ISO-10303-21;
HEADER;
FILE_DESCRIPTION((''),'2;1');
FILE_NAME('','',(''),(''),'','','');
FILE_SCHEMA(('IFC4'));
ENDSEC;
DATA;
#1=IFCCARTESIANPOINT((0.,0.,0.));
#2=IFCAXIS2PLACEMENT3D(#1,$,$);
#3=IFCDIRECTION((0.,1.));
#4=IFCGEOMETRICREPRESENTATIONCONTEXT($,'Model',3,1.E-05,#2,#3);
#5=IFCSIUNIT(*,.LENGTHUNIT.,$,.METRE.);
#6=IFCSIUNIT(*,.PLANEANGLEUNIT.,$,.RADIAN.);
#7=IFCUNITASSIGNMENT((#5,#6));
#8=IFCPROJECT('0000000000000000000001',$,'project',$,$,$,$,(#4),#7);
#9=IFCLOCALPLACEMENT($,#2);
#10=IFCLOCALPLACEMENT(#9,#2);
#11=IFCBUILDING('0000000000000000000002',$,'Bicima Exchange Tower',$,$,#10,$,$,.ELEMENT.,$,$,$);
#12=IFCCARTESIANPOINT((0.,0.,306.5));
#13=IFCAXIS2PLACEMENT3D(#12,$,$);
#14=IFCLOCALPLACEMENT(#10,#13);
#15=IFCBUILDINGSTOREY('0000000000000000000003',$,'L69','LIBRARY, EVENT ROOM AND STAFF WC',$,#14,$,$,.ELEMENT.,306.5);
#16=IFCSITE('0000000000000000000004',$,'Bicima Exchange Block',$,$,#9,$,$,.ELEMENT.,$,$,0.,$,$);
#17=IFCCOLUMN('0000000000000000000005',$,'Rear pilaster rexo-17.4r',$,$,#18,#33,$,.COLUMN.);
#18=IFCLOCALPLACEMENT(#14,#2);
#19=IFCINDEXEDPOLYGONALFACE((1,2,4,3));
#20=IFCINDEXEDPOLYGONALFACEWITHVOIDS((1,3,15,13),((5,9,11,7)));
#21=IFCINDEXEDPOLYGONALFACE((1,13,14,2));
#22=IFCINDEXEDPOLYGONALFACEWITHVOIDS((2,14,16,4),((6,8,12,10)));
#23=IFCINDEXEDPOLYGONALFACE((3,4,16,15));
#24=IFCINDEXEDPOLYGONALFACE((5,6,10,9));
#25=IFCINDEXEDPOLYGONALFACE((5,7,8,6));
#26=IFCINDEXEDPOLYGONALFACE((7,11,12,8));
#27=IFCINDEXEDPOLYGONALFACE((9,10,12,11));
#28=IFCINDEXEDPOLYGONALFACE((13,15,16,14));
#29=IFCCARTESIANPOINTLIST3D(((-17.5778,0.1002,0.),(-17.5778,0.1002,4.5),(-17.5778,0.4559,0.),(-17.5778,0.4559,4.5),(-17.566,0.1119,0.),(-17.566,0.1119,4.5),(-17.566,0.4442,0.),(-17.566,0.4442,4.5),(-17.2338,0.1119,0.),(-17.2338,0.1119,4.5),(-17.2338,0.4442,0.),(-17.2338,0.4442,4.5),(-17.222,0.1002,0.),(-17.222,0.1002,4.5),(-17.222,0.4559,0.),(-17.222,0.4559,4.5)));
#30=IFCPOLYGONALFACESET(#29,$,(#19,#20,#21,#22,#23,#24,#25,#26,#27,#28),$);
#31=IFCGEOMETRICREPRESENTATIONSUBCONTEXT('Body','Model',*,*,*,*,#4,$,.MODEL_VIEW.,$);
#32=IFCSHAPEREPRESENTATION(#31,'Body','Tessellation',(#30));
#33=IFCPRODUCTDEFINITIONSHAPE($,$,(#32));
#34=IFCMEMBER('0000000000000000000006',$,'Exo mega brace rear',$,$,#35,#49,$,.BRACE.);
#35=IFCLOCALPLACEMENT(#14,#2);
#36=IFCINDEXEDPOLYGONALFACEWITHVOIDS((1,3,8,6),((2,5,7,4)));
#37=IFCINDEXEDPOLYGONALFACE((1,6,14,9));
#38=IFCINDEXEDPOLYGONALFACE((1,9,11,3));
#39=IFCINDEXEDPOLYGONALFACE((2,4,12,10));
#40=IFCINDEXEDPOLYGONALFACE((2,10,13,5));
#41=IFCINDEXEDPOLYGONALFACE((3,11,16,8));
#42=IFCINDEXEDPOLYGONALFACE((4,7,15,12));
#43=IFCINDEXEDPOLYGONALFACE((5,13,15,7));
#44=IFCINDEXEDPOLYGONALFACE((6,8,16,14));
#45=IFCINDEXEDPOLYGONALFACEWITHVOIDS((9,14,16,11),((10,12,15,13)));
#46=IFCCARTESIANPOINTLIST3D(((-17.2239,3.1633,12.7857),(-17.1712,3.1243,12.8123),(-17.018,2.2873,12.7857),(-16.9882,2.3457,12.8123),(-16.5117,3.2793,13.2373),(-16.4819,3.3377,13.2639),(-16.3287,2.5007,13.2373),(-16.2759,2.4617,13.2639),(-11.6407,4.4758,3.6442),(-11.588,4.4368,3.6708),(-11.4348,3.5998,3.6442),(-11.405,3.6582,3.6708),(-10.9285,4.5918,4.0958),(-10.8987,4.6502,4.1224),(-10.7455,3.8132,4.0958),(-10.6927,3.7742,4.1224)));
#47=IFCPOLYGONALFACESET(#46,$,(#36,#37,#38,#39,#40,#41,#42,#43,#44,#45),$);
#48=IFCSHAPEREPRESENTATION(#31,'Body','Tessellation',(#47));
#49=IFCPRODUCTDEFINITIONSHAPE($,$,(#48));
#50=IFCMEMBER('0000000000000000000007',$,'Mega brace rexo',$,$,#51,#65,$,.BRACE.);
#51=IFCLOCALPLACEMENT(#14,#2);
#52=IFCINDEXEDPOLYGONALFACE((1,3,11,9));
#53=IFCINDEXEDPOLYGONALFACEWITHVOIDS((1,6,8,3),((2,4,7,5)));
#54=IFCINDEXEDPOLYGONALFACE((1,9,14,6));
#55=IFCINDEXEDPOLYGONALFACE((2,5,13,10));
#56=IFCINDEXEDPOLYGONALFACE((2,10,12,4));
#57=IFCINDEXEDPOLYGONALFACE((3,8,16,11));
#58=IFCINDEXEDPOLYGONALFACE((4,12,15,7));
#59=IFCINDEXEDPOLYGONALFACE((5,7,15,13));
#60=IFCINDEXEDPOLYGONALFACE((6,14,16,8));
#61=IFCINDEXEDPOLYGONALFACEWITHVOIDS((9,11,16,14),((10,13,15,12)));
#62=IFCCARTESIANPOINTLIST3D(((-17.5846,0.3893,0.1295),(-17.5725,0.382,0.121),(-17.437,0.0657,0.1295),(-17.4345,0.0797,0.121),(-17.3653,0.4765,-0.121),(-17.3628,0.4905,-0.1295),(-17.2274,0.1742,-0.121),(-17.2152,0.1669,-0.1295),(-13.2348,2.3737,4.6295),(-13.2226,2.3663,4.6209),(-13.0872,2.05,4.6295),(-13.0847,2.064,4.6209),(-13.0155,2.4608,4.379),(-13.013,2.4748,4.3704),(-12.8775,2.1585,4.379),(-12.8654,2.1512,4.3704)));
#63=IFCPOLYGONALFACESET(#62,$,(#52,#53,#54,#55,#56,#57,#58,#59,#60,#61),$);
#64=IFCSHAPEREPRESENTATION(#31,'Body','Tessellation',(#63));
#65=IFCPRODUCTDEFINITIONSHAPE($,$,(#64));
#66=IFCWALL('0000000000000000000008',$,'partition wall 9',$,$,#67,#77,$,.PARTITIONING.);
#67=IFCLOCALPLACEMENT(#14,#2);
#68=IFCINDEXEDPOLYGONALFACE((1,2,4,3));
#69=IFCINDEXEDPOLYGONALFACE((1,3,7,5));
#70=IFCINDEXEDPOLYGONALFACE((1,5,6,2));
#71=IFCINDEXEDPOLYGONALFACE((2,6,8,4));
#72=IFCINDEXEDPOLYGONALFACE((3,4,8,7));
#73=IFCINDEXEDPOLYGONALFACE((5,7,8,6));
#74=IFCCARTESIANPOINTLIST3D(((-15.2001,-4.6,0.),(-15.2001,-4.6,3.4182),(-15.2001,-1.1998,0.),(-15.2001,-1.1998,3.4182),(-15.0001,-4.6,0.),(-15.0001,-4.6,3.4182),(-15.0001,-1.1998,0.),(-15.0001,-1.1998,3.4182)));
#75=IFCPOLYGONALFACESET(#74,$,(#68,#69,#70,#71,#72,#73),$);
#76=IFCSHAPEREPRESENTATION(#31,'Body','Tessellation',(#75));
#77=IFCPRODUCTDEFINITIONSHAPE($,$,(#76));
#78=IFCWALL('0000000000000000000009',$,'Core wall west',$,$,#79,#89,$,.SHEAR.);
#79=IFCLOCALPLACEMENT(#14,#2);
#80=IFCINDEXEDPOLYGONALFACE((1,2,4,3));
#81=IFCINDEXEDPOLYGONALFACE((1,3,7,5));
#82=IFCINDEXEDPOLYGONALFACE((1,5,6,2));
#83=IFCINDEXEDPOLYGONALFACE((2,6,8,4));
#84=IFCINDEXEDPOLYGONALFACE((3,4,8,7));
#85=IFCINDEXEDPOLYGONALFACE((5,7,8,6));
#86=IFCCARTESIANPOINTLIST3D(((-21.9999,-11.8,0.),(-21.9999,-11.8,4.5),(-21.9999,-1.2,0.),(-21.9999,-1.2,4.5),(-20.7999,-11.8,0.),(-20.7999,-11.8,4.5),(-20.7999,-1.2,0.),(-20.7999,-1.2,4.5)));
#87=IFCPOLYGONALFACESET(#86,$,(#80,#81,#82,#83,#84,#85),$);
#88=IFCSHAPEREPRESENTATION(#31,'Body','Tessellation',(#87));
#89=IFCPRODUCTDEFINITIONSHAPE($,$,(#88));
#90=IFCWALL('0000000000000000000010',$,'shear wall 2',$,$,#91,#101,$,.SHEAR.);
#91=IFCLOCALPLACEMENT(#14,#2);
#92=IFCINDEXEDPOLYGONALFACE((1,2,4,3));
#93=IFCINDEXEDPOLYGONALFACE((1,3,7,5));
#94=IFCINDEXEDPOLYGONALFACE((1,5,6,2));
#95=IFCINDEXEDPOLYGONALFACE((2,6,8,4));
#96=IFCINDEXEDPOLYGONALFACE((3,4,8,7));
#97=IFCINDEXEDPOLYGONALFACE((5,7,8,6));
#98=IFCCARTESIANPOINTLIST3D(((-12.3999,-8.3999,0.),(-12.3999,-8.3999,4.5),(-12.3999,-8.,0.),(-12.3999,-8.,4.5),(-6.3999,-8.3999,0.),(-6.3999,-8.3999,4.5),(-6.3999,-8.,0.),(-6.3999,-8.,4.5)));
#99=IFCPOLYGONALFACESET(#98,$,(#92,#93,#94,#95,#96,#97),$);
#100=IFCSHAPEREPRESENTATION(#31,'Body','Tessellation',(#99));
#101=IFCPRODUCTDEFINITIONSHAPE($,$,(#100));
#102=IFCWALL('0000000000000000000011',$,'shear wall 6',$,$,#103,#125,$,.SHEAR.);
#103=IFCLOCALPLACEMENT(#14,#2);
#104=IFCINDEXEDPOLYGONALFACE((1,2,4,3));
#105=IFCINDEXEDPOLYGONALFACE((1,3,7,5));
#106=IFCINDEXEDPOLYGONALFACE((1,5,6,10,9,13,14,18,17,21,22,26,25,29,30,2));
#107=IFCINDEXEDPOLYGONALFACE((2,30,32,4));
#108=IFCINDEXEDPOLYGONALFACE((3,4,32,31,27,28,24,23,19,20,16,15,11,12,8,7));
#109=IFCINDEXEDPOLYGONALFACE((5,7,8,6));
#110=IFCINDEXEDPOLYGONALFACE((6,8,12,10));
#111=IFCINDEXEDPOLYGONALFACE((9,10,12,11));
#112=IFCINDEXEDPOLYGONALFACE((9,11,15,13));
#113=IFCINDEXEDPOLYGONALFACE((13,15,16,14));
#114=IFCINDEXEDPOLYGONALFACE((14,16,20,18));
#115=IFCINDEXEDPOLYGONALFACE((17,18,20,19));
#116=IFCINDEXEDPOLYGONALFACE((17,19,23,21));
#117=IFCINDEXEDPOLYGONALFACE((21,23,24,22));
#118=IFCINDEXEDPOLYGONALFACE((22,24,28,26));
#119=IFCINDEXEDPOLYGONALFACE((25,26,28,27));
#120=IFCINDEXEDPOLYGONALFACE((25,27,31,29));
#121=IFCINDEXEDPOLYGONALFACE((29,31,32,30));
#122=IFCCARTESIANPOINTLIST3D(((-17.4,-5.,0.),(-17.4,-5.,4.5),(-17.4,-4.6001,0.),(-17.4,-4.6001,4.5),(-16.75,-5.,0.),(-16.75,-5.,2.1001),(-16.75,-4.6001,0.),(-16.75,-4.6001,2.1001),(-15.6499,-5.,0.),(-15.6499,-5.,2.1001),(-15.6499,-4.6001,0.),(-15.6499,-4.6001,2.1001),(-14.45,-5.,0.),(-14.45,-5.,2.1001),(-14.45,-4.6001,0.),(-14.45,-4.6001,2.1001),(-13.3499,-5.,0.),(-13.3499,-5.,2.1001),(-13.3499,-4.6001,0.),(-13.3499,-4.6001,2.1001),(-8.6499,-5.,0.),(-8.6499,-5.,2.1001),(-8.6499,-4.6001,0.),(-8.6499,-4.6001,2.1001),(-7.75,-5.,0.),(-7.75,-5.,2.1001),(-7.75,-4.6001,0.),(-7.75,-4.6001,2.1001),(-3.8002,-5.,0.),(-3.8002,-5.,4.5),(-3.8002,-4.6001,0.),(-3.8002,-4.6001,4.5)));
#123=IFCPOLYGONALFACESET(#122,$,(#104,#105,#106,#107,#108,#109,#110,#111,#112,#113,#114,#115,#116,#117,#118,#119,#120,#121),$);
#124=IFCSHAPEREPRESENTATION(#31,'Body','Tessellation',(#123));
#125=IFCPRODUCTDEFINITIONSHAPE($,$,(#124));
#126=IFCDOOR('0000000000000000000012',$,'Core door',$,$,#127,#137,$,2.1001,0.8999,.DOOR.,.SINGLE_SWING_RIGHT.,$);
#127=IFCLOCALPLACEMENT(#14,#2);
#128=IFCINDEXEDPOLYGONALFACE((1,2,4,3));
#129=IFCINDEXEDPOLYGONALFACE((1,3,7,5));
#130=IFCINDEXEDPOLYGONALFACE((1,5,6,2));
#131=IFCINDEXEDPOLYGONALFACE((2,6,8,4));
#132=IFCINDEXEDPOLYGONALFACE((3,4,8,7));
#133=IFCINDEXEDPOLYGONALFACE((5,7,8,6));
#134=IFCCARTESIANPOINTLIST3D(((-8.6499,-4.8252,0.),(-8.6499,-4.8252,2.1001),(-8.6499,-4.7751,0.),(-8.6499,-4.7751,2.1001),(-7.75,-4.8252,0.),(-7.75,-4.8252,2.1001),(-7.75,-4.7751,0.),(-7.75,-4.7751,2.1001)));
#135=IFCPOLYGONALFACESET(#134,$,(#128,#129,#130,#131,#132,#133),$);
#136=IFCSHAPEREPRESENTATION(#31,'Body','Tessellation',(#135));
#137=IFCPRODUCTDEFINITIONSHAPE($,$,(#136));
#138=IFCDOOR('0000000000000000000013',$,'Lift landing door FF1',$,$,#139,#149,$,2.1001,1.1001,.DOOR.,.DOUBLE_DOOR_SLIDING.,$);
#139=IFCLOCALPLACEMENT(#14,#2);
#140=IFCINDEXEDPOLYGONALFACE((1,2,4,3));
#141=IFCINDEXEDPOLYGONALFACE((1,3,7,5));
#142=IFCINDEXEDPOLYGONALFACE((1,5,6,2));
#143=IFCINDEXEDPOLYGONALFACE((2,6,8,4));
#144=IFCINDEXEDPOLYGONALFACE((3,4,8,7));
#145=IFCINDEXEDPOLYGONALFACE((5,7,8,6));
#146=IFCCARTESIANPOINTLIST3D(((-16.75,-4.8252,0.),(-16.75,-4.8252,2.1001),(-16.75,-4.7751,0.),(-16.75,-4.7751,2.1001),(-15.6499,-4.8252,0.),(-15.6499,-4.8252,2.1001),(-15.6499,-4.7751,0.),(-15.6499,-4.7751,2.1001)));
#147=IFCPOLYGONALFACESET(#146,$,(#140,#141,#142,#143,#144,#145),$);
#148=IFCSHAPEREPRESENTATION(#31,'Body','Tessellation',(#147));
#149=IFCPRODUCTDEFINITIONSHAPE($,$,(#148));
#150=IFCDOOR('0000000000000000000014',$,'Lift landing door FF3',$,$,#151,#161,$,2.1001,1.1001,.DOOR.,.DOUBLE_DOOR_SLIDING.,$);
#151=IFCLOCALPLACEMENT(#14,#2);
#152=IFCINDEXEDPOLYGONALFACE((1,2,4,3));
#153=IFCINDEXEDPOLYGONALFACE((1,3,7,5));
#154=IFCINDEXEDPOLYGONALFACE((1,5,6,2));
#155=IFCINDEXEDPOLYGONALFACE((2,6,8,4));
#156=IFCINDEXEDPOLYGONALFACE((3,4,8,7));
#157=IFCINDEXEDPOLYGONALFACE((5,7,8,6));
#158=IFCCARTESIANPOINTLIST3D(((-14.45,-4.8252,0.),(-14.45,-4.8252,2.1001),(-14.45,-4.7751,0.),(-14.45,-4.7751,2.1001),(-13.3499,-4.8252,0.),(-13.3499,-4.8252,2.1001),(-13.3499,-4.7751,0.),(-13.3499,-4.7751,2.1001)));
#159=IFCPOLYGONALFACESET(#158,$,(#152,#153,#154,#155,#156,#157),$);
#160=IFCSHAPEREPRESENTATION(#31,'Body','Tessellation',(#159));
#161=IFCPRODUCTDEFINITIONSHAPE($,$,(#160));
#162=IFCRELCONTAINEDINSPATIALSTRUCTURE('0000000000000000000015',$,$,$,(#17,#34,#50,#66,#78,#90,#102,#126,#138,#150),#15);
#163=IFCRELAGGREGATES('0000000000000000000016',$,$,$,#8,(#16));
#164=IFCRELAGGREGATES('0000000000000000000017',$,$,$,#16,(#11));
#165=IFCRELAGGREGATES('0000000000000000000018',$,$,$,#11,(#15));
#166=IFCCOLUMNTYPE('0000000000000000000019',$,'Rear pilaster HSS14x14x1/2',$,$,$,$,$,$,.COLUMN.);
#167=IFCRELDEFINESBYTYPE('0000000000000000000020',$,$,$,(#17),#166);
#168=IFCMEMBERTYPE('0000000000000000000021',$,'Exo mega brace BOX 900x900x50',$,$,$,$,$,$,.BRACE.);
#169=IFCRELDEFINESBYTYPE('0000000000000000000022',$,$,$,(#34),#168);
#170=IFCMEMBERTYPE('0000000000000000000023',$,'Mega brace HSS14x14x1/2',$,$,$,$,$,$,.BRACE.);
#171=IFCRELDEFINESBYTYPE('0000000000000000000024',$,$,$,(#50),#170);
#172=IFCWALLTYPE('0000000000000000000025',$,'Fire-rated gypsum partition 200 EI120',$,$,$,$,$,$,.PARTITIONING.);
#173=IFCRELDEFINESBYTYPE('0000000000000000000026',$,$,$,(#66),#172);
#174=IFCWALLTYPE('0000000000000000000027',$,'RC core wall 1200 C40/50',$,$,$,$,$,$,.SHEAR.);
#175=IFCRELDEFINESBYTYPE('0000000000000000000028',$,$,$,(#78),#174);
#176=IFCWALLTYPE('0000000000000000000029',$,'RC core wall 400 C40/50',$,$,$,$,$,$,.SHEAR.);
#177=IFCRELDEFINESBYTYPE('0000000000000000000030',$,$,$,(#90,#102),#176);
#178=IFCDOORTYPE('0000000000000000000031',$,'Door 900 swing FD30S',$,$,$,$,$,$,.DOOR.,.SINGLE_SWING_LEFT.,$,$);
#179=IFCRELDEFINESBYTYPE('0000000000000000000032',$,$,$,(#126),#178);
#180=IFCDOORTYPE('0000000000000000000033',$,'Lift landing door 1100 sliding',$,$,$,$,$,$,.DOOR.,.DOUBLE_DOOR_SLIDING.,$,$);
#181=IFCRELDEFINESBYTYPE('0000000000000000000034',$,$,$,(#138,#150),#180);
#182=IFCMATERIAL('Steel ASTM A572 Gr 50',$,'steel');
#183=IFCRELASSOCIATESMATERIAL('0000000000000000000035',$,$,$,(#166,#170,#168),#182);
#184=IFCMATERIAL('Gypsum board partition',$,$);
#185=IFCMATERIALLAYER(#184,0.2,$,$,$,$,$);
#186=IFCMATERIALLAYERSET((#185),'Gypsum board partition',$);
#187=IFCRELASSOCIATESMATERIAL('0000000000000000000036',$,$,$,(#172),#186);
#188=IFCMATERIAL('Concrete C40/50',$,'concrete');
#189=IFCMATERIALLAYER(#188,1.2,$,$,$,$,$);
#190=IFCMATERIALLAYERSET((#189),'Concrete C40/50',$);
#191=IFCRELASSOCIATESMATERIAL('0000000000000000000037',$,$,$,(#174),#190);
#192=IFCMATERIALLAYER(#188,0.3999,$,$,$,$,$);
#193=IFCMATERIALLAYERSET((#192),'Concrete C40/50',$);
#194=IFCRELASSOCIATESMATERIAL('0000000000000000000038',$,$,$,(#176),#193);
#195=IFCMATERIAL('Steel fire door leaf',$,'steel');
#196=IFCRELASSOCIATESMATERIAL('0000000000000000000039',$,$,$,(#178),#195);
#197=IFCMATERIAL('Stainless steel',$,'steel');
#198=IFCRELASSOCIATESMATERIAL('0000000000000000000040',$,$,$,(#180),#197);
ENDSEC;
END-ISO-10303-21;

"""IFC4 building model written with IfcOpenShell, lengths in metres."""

from ifc_helpers import new_model, si_unit, direction, frame, frame_2d, origin, origin_2d, place, context, subcontext, project, spatial, rectangle, hollow_rectangle, extrude, material, layer, layer_set, material_profile, profile_set, type_object, element, fill, save


model = new_model("IFC4")

# Units and contexts
model_context = context("Model", 3, precision=1e-05, world=origin(), true_north=direction((0.0, 1.0)))
body_context = subcontext(model_context, "Body", "Model", "MODEL_VIEW")
ifc_project = project(units=[si_unit("LENGTHUNIT", "METRE"), si_unit("PLANEANGLEUNIT", "RADIAN")], contexts=[model_context])

# Site, building, storey
site_placement = place(None, origin())
site = spatial("IfcSite", under=ifc_project, at=site_placement, Name="Bicima Exchange Block", CompositionType="ELEMENT", RefElevation=0.0)
building_placement = place(site_placement, origin())
building = spatial("IfcBuilding", under=site, at=building_placement, Name="Bicima Exchange Tower", CompositionType="ELEMENT")
storey_placement = place(building_placement, frame((0.0, 0.0, 306.5)))
storey = spatial("IfcBuildingStorey", under=building, at=storey_placement, Name="L69", Description="LIBRARY, EVENT ROOM AND STAFF WC", CompositionType="ELEMENT", Elevation=306.5)

# Column
ifc_material_1 = material(Name="Steel ASTM A572 Gr 50", Category="steel")
ifc_material_profile_1 = material_profile(ifc_material_1, hollow_rectangle(XDim=0.3557, YDim=0.3557, WallThickness=0.0117, at=origin_2d()))
ifc_profile_set_1 = profile_set([ifc_material_profile_1], Name="Steel ASTM A572 Gr 50")
column_type = type_object("IfcColumnType", Name="Rear pilaster HSS14x14x1/2", PredefinedType="COLUMN", material=ifc_profile_set_1)
column_placement = place(storey_placement, frame((-17.3999, 0.2781, 0.0), z_axis=(0.0, 0.0, 1.0), x_axis=(1.0, 0.0, 0.0)))
element("IfcColumn", 1, at=column_placement, inside=storey, type_object=column_type, Name="Rear pilaster rexo-17.4r", PredefinedType="COLUMN", context=body_context, shape_type="SweptSolid", body=[
    extrude(hollow_rectangle(XDim=0.3557, YDim=0.3557, WallThickness=0.0117, at=origin_2d()), origin(), (0.0, 0.0, 1.0), 4.5),
])

# Members
ifc_material_profile_2 = material_profile(ifc_material_1, hollow_rectangle(XDim=0.8999, YDim=0.8999, WallThickness=0.05, at=origin_2d()))
ifc_profile_set_2 = profile_set([ifc_material_profile_2], Name="Steel ASTM A572 Gr 50")
member_type_1 = type_object("IfcMemberType", Name="Exo mega brace BOX 900x900x50", PredefinedType="BRACE", material=ifc_profile_set_2)
member_1_placement = place(storey_placement, frame((-11.1667, 4.125, 3.8833), z_axis=(-0.517358, -0.121619, 0.847083), x_axis=(0.22884, -0.973464, 0.0)))
element("IfcMember", 2, at=member_1_placement, inside=storey, type_object=member_type_1, Name="Exo mega brace rear", PredefinedType="BRACE", context=body_context, shape_type="SweptSolid", body=[
    extrude(hollow_rectangle(XDim=0.8999, YDim=0.8999, WallThickness=0.05, at=origin_2d()), origin(), (0.0, 0.0, 1.0), 10.7917),
])
member_type_2 = type_object("IfcMemberType", Name="Mega brace HSS14x14x1/2", PredefinedType="BRACE", material=ifc_profile_set_1)
member_2_placement = place(storey_placement, frame((-17.3999, 0.2781, 0.0), z_axis=(0.662508, 0.302232, 0.685376), x_axis=(-0.415045, 0.909801, 0.0)))
element("IfcMember", 3, at=member_2_placement, inside=storey, type_object=member_type_2, Name="Mega brace rexo", PredefinedType="BRACE", context=body_context, shape_type="SweptSolid", body=[
    extrude(hollow_rectangle(XDim=0.3557, YDim=0.3557, WallThickness=0.0117, at=origin_2d()), origin(), (0.0, 0.0, 1.0), 6.5657),
])

# Walls
ifc_material_2 = material(Name="Gypsum board partition")
ifc_layer_1 = layer(ifc_material_2, 0.2)
ifc_layer_set_1 = layer_set([ifc_layer_1], Name="Gypsum board partition")
wall_type_1 = type_object("IfcWallType", Name="Fire-rated gypsum partition 200 EI120", PredefinedType="PARTITIONING", material=ifc_layer_set_1)
wall_1_placement = place(storey_placement, frame((-15.1001, -4.6001, 0.0), z_axis=(0.0, 0.0, 1.0), x_axis=(0.0, 1.0, 0.0)))
element("IfcWall", 4, at=wall_1_placement, inside=storey, type_object=wall_type_1, Name="partition wall 9", PredefinedType="PARTITIONING", context=body_context, shape_type="SweptSolid", body=[
    extrude(rectangle(XDim=3.4001, YDim=0.2, at=frame_2d((1.7002, 0.0))), origin(), (0.0, 0.0, 1.0), 3.4182),
])
ifc_material_3 = material(Name="Concrete C40/50", Category="concrete")
ifc_layer_2 = layer(ifc_material_3, 1.2)
ifc_layer_set_2 = layer_set([ifc_layer_2], Name="Concrete C40/50")
wall_type_2 = type_object("IfcWallType", Name="RC core wall 1200 C40/50", PredefinedType="SHEAR", material=ifc_layer_set_2)
wall_2_placement = place(storey_placement, frame((-21.3999, -11.8, 0.0), z_axis=(0.0, 0.0, 1.0), x_axis=(0.0, 1.0, 0.0)))
element("IfcWall", 5, at=wall_2_placement, inside=storey, type_object=wall_type_2, Name="Core wall west", PredefinedType="SHEAR", context=body_context, shape_type="SweptSolid", body=[
    extrude(rectangle(XDim=10.6001, YDim=1.2, at=frame_2d((5.3, 0.0))), origin(), (0.0, 0.0, 1.0), 4.5),
])
ifc_layer_3 = layer(ifc_material_3, 0.3999)
ifc_layer_set_3 = layer_set([ifc_layer_3], Name="Concrete C40/50")
wall_type_3 = type_object("IfcWallType", Name="RC core wall 400 C40/50", PredefinedType="SHEAR", material=ifc_layer_set_3)
wall_3_placement = place(storey_placement, frame((-12.3999, -8.2, 0.0), z_axis=(0.0, 0.0, 1.0), x_axis=(1.0, 0.0, 0.0)))
element("IfcWall", 6, at=wall_3_placement, inside=storey, type_object=wall_type_3, Name="shear wall 2", PredefinedType="SHEAR", context=body_context, shape_type="SweptSolid", body=[
    extrude(rectangle(XDim=6.0, YDim=0.3999, at=frame_2d((3.0, 0.0))), origin(), (0.0, 0.0, 1.0), 4.5),
])

# Wall, openings, doors
wall_4_placement = place(storey_placement, frame((-17.3999, -4.8, 0.0), z_axis=(0.0, 0.0, 1.0), x_axis=(1.0, 0.0, 0.0)))
wall_4 = element("IfcWall", 7, at=wall_4_placement, inside=storey, type_object=wall_type_3, Name="shear wall 6", PredefinedType="SHEAR", context=body_context, shape_type="SweptSolid", body=[
    extrude(rectangle(XDim=13.5999, YDim=0.3999, at=frame_2d((6.7998, 0.0))), origin(), (0.0, 0.0, 1.0), 4.5),
])
opening_1_placement = place(wall_4_placement, frame((0.6499, 0.0, 0.0)))
opening_1 = element("IfcOpeningElement", 8, at=opening_1_placement, cuts=wall_4, PredefinedType="OPENING", context=body_context, shape_type="SweptSolid", body=[
    extrude(rectangle(XDim=1.1001, YDim=2.1001, at=frame_2d((0.55, 1.05))), frame((0.0, 0.2119, 0.0), z_axis=(0.0, -1.0, 0.0), x_axis=(1.0, 0.0, 0.0)), (0.0, 0.0, 1.0), 0.4238),
])
opening_2_placement = place(wall_4_placement, frame((2.95, 0.0, 0.0)))
opening_2 = element("IfcOpeningElement", 9, at=opening_2_placement, cuts=wall_4, PredefinedType="OPENING", context=body_context, shape_type="SweptSolid", body=[
    extrude(rectangle(XDim=1.1001, YDim=2.1001, at=frame_2d((0.55, 1.05))), frame((0.0, 0.2119, 0.0), z_axis=(0.0, -1.0, 0.0), x_axis=(1.0, 0.0, 0.0)), (0.0, 0.0, 1.0), 0.4238),
])
opening_3_placement = place(wall_4_placement, frame((8.75, 0.0, 0.0)))
opening_3 = element("IfcOpeningElement", 10, at=opening_3_placement, cuts=wall_4, PredefinedType="OPENING", context=body_context, shape_type="SweptSolid", body=[
    extrude(rectangle(XDim=0.8999, YDim=2.1001, at=frame_2d((0.45, 1.05))), frame((0.0, 0.2119, 0.0), z_axis=(0.0, -1.0, 0.0), x_axis=(1.0, 0.0, 0.0)), (0.0, 0.0, 1.0), 0.4238),
])
ifc_material_4 = material(Name="Steel fire door leaf", Category="steel")
door_type_1 = type_object("IfcDoorType", Name="Door 900 swing FD30S", OperationType="SINGLE_SWING_LEFT", PredefinedType="DOOR", material=ifc_material_4)
door_1_placement = place(opening_3_placement, origin())
door_1 = element("IfcDoor", 11, at=door_1_placement, inside=storey, type_object=door_type_1, Name="Core door", OperationType="SINGLE_SWING_RIGHT", OverallHeight=2.1001, OverallWidth=0.8999, PredefinedType="DOOR", context=body_context, shape_type="SweptSolid", body=[
    extrude(rectangle(XDim=0.8999, YDim=2.1001, at=frame_2d((0.45, 1.05))), frame((0.0, 0.0249, 0.0), z_axis=(0.0, -1.0, 0.0), x_axis=(1.0, 0.0, 0.0)), (0.0, 0.0, 1.0), 0.05),
])
fill(opening_3, door_1)
ifc_material_5 = material(Name="Stainless steel", Category="steel")
door_type_2 = type_object("IfcDoorType", Name="Lift landing door 1100 sliding", OperationType="DOUBLE_DOOR_SLIDING", PredefinedType="DOOR", material=ifc_material_5)
door_2_placement = place(opening_1_placement, origin())
door_2 = element("IfcDoor", 12, at=door_2_placement, inside=storey, type_object=door_type_2, Name="Lift landing door FF1", OperationType="DOUBLE_DOOR_SLIDING", OverallHeight=2.1001, OverallWidth=1.1001, PredefinedType="DOOR", context=body_context, shape_type="SweptSolid", body=[
    extrude(rectangle(XDim=1.1001, YDim=2.1001, at=frame_2d((0.55, 1.05))), frame((0.0, 0.0249, 0.0), z_axis=(0.0, -1.0, 0.0), x_axis=(1.0, 0.0, 0.0)), (0.0, 0.0, 1.0), 0.05),
])
fill(opening_1, door_2)
door_3_placement = place(opening_2_placement, origin())
door_3 = element("IfcDoor", 13, at=door_3_placement, inside=storey, type_object=door_type_2, Name="Lift landing door FF3", OperationType="DOUBLE_DOOR_SLIDING", OverallHeight=2.1001, OverallWidth=1.1001, PredefinedType="DOOR", context=body_context, shape_type="SweptSolid", body=[
    extrude(rectangle(XDim=1.1001, YDim=2.1001, at=frame_2d((0.55, 1.05))), frame((0.0, 0.0249, 0.0), z_axis=(0.0, -1.0, 0.0), x_axis=(1.0, 0.0, 0.0)), (0.0, 0.0, 1.0), 0.05),
])
fill(opening_2, door_3)

save(model, "model.ifc")
